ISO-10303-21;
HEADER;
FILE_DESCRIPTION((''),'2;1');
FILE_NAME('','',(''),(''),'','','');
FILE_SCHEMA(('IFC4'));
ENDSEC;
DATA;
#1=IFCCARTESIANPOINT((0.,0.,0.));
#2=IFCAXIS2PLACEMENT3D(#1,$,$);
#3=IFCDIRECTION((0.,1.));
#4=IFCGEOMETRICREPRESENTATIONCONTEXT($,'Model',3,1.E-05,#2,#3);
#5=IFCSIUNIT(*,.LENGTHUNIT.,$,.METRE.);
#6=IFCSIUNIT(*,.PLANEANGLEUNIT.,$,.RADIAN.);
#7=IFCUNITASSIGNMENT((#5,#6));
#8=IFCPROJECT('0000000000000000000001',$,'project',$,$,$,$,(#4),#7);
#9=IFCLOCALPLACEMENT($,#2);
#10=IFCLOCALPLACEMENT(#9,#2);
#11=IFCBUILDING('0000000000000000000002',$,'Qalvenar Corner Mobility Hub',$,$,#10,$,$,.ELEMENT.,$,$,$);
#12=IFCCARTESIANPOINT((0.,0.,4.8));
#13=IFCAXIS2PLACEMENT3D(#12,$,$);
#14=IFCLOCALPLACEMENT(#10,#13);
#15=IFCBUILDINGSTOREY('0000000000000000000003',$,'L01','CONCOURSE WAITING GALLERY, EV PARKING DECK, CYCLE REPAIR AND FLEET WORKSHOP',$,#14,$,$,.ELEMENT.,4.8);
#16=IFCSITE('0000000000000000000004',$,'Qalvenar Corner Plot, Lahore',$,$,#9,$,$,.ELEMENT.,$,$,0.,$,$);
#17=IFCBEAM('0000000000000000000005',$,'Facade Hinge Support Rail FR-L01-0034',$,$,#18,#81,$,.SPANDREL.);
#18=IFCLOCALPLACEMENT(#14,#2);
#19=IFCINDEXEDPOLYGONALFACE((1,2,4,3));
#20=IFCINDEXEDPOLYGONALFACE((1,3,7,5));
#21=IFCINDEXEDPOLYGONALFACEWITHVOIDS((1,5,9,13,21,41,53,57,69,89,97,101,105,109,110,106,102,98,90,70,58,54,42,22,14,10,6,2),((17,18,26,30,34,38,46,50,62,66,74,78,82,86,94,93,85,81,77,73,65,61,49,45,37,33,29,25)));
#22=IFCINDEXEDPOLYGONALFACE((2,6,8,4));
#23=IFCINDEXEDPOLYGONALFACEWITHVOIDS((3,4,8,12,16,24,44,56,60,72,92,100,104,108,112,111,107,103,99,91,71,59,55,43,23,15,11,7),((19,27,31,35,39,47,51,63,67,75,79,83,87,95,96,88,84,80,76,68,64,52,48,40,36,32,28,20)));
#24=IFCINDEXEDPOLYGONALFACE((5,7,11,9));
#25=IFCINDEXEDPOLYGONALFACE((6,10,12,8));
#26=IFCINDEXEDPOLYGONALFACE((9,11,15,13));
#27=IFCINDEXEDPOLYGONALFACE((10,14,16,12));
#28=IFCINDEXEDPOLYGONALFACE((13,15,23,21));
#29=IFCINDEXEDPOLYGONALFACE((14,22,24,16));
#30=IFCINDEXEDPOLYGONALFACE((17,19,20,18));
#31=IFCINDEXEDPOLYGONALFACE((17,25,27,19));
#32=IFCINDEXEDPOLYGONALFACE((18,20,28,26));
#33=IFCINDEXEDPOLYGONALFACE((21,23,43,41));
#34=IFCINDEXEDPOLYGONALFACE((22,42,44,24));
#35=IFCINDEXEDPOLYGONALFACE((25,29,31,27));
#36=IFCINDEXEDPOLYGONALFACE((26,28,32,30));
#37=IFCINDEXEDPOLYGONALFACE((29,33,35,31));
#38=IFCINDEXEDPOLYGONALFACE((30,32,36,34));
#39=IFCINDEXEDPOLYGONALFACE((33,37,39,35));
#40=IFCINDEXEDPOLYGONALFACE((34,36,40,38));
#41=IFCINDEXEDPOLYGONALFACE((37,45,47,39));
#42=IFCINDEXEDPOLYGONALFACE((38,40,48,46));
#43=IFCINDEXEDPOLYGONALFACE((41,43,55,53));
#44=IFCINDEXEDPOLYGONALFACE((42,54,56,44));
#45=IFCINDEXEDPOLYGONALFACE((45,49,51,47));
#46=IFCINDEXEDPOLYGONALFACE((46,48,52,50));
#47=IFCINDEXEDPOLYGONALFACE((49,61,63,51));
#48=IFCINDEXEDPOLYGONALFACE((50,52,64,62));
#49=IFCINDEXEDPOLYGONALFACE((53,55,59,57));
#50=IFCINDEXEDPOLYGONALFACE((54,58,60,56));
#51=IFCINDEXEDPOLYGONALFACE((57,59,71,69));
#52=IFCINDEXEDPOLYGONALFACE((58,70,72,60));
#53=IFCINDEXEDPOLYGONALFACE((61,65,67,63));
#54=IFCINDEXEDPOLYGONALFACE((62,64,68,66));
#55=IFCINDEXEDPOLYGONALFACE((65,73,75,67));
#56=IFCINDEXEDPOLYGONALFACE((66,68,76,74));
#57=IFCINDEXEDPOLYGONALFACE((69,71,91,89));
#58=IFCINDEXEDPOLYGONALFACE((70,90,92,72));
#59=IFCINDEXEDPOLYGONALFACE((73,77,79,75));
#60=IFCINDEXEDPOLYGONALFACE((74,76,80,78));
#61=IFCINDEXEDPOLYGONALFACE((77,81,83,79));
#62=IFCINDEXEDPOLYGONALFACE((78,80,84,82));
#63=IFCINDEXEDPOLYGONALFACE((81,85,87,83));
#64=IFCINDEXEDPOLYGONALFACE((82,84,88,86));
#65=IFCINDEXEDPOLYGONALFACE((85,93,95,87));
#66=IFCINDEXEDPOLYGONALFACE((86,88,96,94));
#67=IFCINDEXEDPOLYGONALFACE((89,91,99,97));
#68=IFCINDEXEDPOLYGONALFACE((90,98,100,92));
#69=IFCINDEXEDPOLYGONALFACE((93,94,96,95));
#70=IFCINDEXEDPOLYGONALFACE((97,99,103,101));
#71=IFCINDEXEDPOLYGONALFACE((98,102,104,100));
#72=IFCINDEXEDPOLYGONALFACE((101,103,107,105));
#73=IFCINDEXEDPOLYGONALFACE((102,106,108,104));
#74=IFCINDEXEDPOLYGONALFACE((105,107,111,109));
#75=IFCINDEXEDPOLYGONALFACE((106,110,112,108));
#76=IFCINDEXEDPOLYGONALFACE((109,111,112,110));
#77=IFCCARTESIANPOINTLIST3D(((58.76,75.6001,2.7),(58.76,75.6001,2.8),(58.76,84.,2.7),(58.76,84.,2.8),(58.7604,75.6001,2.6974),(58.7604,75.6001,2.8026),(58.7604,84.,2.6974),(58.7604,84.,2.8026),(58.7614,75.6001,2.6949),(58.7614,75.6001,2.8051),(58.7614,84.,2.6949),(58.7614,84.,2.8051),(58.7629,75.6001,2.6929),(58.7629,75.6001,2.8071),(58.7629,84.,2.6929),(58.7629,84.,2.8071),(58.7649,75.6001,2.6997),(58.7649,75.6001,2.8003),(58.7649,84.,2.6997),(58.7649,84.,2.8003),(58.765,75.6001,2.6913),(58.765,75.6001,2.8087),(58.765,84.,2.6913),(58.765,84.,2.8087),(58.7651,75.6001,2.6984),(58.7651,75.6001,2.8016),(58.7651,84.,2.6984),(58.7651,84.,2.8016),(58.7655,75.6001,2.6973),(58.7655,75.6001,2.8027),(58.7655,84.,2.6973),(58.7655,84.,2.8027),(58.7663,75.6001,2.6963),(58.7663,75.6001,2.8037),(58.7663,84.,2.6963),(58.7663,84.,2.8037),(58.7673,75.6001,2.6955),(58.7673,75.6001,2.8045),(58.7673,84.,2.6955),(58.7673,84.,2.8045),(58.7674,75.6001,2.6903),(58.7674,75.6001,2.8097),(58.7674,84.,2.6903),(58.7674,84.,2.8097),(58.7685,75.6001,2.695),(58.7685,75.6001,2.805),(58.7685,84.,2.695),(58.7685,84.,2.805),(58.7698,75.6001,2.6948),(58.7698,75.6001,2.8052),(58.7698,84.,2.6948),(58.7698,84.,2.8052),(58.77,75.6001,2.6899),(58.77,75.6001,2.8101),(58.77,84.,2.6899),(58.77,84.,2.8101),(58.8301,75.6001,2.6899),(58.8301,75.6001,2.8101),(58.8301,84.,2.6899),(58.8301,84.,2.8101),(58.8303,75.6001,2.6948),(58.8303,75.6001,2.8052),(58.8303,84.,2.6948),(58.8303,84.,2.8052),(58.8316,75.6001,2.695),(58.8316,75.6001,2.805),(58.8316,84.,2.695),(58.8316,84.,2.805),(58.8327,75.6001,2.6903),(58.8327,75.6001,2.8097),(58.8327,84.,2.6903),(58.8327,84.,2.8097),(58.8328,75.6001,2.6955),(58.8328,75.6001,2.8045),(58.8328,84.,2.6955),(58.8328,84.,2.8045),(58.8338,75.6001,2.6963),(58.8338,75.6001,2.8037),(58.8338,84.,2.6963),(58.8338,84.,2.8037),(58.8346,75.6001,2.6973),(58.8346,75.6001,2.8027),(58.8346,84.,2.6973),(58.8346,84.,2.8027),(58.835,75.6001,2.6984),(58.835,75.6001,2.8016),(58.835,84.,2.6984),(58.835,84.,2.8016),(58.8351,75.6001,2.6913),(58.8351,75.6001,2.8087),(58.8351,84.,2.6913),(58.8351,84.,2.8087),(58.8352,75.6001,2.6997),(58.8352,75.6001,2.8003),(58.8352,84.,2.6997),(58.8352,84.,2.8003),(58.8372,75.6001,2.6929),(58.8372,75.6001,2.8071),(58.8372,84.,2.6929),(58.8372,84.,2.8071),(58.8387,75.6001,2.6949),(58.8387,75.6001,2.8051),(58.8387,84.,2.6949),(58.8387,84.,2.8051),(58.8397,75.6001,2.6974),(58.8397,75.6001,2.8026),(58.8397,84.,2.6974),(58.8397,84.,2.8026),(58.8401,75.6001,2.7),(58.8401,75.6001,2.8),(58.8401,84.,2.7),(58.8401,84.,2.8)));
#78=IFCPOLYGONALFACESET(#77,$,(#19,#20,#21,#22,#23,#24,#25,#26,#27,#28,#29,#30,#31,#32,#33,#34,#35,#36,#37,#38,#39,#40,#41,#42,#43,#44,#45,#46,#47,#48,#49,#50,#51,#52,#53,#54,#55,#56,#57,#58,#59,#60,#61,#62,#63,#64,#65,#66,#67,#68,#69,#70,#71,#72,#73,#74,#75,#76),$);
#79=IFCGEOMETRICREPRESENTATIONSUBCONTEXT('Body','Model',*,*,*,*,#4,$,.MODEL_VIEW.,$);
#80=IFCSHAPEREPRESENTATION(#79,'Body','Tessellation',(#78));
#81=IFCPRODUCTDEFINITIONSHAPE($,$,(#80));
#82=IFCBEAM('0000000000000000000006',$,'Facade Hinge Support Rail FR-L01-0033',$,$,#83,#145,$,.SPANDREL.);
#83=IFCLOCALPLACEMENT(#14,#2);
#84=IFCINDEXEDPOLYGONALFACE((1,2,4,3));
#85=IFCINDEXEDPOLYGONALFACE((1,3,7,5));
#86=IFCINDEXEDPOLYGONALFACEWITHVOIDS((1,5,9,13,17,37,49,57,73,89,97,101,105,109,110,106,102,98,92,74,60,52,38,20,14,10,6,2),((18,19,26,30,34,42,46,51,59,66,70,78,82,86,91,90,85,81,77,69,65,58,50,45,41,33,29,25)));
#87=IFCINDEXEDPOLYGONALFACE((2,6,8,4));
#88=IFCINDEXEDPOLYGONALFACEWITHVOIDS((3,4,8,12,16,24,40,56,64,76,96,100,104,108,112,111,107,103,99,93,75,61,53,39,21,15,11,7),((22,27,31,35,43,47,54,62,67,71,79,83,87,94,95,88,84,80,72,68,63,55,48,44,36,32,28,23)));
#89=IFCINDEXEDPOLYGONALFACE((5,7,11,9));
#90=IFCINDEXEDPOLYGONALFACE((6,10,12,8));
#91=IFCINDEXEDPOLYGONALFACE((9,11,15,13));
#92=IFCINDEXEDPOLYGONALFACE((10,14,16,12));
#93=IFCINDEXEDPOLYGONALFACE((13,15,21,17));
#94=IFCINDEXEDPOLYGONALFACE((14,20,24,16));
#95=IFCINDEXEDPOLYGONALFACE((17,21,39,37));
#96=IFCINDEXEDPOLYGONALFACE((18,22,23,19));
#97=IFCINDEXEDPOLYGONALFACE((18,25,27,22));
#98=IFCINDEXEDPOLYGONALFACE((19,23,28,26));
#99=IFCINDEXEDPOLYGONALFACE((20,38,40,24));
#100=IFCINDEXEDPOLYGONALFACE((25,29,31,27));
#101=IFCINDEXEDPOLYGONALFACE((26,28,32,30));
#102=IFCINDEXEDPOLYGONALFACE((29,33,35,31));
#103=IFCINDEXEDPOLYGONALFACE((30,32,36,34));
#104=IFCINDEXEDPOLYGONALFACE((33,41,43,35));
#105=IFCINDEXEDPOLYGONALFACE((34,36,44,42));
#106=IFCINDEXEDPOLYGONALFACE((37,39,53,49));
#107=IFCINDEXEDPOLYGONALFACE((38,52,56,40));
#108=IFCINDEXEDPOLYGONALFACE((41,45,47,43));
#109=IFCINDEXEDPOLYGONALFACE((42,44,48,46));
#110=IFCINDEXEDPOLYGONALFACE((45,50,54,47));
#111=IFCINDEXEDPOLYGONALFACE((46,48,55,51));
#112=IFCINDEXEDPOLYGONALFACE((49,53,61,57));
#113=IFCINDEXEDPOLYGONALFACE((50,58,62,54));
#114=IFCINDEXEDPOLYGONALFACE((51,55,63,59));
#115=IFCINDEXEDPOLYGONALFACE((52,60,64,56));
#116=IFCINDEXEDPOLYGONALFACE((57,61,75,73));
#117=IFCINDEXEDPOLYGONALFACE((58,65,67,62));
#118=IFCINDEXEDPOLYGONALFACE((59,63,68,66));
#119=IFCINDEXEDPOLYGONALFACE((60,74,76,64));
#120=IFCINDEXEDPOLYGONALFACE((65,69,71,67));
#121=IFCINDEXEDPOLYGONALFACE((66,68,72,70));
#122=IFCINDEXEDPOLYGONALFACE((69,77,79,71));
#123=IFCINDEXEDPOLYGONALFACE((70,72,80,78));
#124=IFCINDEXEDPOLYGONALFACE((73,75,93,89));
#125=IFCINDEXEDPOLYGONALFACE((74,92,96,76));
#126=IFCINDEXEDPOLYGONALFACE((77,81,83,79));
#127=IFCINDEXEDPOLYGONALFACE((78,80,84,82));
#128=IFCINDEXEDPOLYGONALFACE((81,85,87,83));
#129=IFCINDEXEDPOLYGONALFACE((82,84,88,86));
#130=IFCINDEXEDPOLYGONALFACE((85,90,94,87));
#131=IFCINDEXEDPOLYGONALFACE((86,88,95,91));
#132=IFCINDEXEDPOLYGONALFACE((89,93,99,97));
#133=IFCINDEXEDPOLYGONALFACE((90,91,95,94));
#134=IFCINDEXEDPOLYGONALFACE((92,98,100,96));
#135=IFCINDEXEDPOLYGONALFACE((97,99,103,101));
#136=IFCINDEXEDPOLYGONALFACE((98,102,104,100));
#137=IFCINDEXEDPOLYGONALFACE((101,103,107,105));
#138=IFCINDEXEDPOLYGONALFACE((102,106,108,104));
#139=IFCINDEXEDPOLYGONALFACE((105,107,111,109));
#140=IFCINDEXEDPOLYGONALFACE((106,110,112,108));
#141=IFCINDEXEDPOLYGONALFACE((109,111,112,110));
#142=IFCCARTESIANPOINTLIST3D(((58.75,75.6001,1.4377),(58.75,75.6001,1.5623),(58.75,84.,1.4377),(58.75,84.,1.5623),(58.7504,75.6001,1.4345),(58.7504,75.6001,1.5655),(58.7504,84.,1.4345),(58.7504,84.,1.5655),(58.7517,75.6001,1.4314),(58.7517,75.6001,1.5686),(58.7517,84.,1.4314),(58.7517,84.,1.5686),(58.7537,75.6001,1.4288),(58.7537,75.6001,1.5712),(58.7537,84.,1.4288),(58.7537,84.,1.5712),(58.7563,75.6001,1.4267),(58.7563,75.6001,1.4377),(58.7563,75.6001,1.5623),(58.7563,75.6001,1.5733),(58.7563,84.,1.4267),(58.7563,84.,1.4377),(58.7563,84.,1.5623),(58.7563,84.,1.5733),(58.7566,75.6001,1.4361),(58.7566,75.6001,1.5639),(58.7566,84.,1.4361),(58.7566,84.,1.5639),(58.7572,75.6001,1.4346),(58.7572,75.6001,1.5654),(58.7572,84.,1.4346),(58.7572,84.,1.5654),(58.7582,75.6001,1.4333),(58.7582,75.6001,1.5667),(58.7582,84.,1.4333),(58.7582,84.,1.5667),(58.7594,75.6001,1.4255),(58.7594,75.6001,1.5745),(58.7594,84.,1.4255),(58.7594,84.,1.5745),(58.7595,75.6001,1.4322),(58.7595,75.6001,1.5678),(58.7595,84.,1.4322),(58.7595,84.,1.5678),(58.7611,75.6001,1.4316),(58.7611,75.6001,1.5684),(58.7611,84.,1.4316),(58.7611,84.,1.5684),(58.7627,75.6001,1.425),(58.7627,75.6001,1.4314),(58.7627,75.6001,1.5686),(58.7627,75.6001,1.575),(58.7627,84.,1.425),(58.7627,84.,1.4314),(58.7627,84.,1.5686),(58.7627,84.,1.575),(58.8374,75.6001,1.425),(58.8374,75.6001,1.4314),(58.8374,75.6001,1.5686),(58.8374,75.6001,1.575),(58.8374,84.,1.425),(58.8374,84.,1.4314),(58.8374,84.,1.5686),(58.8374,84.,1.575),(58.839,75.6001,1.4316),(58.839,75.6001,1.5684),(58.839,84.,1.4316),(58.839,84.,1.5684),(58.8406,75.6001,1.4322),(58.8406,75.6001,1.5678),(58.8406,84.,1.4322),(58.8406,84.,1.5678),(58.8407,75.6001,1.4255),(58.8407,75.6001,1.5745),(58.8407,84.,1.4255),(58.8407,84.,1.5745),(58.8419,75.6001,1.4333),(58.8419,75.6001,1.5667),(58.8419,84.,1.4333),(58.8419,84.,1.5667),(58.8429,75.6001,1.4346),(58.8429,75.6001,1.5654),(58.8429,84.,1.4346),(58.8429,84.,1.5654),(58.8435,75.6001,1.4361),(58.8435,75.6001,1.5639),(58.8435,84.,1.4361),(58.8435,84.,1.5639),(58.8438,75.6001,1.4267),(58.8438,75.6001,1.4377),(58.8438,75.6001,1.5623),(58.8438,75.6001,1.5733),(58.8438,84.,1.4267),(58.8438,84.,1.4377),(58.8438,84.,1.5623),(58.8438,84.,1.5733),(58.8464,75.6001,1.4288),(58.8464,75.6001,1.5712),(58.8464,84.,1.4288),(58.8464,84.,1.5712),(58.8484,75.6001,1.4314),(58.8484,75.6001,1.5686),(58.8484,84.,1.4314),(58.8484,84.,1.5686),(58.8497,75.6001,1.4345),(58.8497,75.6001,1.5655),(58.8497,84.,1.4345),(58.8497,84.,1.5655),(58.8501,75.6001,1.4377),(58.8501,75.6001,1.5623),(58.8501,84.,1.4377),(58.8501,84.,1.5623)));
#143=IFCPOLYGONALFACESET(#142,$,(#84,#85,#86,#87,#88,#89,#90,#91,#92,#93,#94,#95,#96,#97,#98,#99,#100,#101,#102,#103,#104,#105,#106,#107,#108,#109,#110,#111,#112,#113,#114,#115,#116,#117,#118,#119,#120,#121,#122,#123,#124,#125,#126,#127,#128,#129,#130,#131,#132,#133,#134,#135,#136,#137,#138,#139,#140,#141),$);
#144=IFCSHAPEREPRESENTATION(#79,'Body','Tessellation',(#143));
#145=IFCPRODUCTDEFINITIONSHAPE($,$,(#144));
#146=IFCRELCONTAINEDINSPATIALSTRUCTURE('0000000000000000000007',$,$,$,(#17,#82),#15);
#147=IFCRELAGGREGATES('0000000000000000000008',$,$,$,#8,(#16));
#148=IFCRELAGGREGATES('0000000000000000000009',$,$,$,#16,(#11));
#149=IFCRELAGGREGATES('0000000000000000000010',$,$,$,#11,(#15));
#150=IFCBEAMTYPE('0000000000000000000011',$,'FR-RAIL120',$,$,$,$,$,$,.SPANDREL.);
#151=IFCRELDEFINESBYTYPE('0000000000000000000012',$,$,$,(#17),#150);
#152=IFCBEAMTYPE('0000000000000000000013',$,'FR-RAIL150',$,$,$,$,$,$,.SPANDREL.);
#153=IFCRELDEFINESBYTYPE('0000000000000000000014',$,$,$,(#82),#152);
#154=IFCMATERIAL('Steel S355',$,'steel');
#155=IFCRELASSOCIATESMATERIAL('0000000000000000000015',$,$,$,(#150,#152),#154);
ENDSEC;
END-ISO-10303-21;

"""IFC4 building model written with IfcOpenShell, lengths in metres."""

from ifc_helpers import new_model, si_unit, direction, frame, origin, origin_2d, place, context, subcontext, project, spatial, hollow_rectangle, extrude, material, material_profile, profile_set, type_object, element, save


model = new_model("IFC4")

# Units and contexts
model_context = context("Model", 3, precision=1e-05, world=origin(), true_north=direction((0.0, 1.0)))
body_context = subcontext(model_context, "Body", "Model", "MODEL_VIEW")
ifc_project = project(units=[si_unit("LENGTHUNIT", "METRE"), si_unit("PLANEANGLEUNIT", "RADIAN")], contexts=[model_context])

# Site, building, storey
site_placement = place(None, origin())
site = spatial("IfcSite", under=ifc_project, at=site_placement, Name="Qalvenar Corner Plot, Lahore", CompositionType="ELEMENT", RefElevation=0.0)
building_placement = place(site_placement, origin())
building = spatial("IfcBuilding", under=site, at=building_placement, Name="Qalvenar Corner Mobility Hub", CompositionType="ELEMENT")
storey_placement = place(building_placement, frame((0.0, 0.0, 4.8)))
storey = spatial("IfcBuildingStorey", under=building, at=storey_placement, Name="L01", Description="CONCOURSE WAITING GALLERY, EV PARKING DECK, CYCLE REPAIR AND FLEET WORKSHOP", CompositionType="ELEMENT", Elevation=4.8)

# Beams
ifc_material_1 = material(Name="Steel S355", Category="steel")
ifc_material_profile_1 = material_profile(ifc_material_1, hollow_rectangle(XDim=0.0801, YDim=0.1201, WallThickness=0.0049, InnerFilletRadius=0.0049, OuterFilletRadius=0.01, at=origin_2d()), Name="RHS120x80x5")
ifc_profile_set_1 = profile_set([ifc_material_profile_1], Name="Steel S355")
beam_type_1 = type_object("IfcBeamType", Name="FR-RAIL120", PredefinedType="SPANDREL", material=ifc_profile_set_1)
beam_1_placement = place(storey_placement, frame((58.8, 84.0, 2.75), z_axis=(0.0, -1.0, 0.0), x_axis=(1.0, 0.0, 0.0)))
element("IfcBeam", 1, at=beam_1_placement, inside=storey, type_object=beam_type_1, Name="Facade Hinge Support Rail FR-L01-0034", PredefinedType="SPANDREL", context=body_context, shape_type="SweptSolid", body=[
    extrude(hollow_rectangle(XDim=0.0801, YDim=0.1201, WallThickness=0.0049, InnerFilletRadius=0.0049, OuterFilletRadius=0.01, at=origin_2d()), origin(), (0.0, 0.0, 1.0), 8.3999),
])
ifc_material_profile_2 = material_profile(ifc_material_1, hollow_rectangle(XDim=0.1001, YDim=0.1499, WallThickness=0.0063, InnerFilletRadius=0.0063, OuterFilletRadius=0.0127, at=origin_2d()), Name="RHS150x100x6.3")
ifc_profile_set_2 = profile_set([ifc_material_profile_2], Name="Steel S355")
beam_type_2 = type_object("IfcBeamType", Name="FR-RAIL150", PredefinedType="SPANDREL", material=ifc_profile_set_2)
beam_2_placement = place(storey_placement, frame((58.8, 84.0, 1.5), z_axis=(0.0, -1.0, 0.0), x_axis=(1.0, 0.0, 0.0)))
element("IfcBeam", 2, at=beam_2_placement, inside=storey, type_object=beam_type_2, Name="Facade Hinge Support Rail FR-L01-0033", PredefinedType="SPANDREL", context=body_context, shape_type="SweptSolid", body=[
    extrude(hollow_rectangle(XDim=0.1001, YDim=0.1499, WallThickness=0.0063, InnerFilletRadius=0.0063, OuterFilletRadius=0.0127, at=origin_2d()), origin(), (0.0, 0.0, 1.0), 8.3999),
])

save(model, "model.ifc")
